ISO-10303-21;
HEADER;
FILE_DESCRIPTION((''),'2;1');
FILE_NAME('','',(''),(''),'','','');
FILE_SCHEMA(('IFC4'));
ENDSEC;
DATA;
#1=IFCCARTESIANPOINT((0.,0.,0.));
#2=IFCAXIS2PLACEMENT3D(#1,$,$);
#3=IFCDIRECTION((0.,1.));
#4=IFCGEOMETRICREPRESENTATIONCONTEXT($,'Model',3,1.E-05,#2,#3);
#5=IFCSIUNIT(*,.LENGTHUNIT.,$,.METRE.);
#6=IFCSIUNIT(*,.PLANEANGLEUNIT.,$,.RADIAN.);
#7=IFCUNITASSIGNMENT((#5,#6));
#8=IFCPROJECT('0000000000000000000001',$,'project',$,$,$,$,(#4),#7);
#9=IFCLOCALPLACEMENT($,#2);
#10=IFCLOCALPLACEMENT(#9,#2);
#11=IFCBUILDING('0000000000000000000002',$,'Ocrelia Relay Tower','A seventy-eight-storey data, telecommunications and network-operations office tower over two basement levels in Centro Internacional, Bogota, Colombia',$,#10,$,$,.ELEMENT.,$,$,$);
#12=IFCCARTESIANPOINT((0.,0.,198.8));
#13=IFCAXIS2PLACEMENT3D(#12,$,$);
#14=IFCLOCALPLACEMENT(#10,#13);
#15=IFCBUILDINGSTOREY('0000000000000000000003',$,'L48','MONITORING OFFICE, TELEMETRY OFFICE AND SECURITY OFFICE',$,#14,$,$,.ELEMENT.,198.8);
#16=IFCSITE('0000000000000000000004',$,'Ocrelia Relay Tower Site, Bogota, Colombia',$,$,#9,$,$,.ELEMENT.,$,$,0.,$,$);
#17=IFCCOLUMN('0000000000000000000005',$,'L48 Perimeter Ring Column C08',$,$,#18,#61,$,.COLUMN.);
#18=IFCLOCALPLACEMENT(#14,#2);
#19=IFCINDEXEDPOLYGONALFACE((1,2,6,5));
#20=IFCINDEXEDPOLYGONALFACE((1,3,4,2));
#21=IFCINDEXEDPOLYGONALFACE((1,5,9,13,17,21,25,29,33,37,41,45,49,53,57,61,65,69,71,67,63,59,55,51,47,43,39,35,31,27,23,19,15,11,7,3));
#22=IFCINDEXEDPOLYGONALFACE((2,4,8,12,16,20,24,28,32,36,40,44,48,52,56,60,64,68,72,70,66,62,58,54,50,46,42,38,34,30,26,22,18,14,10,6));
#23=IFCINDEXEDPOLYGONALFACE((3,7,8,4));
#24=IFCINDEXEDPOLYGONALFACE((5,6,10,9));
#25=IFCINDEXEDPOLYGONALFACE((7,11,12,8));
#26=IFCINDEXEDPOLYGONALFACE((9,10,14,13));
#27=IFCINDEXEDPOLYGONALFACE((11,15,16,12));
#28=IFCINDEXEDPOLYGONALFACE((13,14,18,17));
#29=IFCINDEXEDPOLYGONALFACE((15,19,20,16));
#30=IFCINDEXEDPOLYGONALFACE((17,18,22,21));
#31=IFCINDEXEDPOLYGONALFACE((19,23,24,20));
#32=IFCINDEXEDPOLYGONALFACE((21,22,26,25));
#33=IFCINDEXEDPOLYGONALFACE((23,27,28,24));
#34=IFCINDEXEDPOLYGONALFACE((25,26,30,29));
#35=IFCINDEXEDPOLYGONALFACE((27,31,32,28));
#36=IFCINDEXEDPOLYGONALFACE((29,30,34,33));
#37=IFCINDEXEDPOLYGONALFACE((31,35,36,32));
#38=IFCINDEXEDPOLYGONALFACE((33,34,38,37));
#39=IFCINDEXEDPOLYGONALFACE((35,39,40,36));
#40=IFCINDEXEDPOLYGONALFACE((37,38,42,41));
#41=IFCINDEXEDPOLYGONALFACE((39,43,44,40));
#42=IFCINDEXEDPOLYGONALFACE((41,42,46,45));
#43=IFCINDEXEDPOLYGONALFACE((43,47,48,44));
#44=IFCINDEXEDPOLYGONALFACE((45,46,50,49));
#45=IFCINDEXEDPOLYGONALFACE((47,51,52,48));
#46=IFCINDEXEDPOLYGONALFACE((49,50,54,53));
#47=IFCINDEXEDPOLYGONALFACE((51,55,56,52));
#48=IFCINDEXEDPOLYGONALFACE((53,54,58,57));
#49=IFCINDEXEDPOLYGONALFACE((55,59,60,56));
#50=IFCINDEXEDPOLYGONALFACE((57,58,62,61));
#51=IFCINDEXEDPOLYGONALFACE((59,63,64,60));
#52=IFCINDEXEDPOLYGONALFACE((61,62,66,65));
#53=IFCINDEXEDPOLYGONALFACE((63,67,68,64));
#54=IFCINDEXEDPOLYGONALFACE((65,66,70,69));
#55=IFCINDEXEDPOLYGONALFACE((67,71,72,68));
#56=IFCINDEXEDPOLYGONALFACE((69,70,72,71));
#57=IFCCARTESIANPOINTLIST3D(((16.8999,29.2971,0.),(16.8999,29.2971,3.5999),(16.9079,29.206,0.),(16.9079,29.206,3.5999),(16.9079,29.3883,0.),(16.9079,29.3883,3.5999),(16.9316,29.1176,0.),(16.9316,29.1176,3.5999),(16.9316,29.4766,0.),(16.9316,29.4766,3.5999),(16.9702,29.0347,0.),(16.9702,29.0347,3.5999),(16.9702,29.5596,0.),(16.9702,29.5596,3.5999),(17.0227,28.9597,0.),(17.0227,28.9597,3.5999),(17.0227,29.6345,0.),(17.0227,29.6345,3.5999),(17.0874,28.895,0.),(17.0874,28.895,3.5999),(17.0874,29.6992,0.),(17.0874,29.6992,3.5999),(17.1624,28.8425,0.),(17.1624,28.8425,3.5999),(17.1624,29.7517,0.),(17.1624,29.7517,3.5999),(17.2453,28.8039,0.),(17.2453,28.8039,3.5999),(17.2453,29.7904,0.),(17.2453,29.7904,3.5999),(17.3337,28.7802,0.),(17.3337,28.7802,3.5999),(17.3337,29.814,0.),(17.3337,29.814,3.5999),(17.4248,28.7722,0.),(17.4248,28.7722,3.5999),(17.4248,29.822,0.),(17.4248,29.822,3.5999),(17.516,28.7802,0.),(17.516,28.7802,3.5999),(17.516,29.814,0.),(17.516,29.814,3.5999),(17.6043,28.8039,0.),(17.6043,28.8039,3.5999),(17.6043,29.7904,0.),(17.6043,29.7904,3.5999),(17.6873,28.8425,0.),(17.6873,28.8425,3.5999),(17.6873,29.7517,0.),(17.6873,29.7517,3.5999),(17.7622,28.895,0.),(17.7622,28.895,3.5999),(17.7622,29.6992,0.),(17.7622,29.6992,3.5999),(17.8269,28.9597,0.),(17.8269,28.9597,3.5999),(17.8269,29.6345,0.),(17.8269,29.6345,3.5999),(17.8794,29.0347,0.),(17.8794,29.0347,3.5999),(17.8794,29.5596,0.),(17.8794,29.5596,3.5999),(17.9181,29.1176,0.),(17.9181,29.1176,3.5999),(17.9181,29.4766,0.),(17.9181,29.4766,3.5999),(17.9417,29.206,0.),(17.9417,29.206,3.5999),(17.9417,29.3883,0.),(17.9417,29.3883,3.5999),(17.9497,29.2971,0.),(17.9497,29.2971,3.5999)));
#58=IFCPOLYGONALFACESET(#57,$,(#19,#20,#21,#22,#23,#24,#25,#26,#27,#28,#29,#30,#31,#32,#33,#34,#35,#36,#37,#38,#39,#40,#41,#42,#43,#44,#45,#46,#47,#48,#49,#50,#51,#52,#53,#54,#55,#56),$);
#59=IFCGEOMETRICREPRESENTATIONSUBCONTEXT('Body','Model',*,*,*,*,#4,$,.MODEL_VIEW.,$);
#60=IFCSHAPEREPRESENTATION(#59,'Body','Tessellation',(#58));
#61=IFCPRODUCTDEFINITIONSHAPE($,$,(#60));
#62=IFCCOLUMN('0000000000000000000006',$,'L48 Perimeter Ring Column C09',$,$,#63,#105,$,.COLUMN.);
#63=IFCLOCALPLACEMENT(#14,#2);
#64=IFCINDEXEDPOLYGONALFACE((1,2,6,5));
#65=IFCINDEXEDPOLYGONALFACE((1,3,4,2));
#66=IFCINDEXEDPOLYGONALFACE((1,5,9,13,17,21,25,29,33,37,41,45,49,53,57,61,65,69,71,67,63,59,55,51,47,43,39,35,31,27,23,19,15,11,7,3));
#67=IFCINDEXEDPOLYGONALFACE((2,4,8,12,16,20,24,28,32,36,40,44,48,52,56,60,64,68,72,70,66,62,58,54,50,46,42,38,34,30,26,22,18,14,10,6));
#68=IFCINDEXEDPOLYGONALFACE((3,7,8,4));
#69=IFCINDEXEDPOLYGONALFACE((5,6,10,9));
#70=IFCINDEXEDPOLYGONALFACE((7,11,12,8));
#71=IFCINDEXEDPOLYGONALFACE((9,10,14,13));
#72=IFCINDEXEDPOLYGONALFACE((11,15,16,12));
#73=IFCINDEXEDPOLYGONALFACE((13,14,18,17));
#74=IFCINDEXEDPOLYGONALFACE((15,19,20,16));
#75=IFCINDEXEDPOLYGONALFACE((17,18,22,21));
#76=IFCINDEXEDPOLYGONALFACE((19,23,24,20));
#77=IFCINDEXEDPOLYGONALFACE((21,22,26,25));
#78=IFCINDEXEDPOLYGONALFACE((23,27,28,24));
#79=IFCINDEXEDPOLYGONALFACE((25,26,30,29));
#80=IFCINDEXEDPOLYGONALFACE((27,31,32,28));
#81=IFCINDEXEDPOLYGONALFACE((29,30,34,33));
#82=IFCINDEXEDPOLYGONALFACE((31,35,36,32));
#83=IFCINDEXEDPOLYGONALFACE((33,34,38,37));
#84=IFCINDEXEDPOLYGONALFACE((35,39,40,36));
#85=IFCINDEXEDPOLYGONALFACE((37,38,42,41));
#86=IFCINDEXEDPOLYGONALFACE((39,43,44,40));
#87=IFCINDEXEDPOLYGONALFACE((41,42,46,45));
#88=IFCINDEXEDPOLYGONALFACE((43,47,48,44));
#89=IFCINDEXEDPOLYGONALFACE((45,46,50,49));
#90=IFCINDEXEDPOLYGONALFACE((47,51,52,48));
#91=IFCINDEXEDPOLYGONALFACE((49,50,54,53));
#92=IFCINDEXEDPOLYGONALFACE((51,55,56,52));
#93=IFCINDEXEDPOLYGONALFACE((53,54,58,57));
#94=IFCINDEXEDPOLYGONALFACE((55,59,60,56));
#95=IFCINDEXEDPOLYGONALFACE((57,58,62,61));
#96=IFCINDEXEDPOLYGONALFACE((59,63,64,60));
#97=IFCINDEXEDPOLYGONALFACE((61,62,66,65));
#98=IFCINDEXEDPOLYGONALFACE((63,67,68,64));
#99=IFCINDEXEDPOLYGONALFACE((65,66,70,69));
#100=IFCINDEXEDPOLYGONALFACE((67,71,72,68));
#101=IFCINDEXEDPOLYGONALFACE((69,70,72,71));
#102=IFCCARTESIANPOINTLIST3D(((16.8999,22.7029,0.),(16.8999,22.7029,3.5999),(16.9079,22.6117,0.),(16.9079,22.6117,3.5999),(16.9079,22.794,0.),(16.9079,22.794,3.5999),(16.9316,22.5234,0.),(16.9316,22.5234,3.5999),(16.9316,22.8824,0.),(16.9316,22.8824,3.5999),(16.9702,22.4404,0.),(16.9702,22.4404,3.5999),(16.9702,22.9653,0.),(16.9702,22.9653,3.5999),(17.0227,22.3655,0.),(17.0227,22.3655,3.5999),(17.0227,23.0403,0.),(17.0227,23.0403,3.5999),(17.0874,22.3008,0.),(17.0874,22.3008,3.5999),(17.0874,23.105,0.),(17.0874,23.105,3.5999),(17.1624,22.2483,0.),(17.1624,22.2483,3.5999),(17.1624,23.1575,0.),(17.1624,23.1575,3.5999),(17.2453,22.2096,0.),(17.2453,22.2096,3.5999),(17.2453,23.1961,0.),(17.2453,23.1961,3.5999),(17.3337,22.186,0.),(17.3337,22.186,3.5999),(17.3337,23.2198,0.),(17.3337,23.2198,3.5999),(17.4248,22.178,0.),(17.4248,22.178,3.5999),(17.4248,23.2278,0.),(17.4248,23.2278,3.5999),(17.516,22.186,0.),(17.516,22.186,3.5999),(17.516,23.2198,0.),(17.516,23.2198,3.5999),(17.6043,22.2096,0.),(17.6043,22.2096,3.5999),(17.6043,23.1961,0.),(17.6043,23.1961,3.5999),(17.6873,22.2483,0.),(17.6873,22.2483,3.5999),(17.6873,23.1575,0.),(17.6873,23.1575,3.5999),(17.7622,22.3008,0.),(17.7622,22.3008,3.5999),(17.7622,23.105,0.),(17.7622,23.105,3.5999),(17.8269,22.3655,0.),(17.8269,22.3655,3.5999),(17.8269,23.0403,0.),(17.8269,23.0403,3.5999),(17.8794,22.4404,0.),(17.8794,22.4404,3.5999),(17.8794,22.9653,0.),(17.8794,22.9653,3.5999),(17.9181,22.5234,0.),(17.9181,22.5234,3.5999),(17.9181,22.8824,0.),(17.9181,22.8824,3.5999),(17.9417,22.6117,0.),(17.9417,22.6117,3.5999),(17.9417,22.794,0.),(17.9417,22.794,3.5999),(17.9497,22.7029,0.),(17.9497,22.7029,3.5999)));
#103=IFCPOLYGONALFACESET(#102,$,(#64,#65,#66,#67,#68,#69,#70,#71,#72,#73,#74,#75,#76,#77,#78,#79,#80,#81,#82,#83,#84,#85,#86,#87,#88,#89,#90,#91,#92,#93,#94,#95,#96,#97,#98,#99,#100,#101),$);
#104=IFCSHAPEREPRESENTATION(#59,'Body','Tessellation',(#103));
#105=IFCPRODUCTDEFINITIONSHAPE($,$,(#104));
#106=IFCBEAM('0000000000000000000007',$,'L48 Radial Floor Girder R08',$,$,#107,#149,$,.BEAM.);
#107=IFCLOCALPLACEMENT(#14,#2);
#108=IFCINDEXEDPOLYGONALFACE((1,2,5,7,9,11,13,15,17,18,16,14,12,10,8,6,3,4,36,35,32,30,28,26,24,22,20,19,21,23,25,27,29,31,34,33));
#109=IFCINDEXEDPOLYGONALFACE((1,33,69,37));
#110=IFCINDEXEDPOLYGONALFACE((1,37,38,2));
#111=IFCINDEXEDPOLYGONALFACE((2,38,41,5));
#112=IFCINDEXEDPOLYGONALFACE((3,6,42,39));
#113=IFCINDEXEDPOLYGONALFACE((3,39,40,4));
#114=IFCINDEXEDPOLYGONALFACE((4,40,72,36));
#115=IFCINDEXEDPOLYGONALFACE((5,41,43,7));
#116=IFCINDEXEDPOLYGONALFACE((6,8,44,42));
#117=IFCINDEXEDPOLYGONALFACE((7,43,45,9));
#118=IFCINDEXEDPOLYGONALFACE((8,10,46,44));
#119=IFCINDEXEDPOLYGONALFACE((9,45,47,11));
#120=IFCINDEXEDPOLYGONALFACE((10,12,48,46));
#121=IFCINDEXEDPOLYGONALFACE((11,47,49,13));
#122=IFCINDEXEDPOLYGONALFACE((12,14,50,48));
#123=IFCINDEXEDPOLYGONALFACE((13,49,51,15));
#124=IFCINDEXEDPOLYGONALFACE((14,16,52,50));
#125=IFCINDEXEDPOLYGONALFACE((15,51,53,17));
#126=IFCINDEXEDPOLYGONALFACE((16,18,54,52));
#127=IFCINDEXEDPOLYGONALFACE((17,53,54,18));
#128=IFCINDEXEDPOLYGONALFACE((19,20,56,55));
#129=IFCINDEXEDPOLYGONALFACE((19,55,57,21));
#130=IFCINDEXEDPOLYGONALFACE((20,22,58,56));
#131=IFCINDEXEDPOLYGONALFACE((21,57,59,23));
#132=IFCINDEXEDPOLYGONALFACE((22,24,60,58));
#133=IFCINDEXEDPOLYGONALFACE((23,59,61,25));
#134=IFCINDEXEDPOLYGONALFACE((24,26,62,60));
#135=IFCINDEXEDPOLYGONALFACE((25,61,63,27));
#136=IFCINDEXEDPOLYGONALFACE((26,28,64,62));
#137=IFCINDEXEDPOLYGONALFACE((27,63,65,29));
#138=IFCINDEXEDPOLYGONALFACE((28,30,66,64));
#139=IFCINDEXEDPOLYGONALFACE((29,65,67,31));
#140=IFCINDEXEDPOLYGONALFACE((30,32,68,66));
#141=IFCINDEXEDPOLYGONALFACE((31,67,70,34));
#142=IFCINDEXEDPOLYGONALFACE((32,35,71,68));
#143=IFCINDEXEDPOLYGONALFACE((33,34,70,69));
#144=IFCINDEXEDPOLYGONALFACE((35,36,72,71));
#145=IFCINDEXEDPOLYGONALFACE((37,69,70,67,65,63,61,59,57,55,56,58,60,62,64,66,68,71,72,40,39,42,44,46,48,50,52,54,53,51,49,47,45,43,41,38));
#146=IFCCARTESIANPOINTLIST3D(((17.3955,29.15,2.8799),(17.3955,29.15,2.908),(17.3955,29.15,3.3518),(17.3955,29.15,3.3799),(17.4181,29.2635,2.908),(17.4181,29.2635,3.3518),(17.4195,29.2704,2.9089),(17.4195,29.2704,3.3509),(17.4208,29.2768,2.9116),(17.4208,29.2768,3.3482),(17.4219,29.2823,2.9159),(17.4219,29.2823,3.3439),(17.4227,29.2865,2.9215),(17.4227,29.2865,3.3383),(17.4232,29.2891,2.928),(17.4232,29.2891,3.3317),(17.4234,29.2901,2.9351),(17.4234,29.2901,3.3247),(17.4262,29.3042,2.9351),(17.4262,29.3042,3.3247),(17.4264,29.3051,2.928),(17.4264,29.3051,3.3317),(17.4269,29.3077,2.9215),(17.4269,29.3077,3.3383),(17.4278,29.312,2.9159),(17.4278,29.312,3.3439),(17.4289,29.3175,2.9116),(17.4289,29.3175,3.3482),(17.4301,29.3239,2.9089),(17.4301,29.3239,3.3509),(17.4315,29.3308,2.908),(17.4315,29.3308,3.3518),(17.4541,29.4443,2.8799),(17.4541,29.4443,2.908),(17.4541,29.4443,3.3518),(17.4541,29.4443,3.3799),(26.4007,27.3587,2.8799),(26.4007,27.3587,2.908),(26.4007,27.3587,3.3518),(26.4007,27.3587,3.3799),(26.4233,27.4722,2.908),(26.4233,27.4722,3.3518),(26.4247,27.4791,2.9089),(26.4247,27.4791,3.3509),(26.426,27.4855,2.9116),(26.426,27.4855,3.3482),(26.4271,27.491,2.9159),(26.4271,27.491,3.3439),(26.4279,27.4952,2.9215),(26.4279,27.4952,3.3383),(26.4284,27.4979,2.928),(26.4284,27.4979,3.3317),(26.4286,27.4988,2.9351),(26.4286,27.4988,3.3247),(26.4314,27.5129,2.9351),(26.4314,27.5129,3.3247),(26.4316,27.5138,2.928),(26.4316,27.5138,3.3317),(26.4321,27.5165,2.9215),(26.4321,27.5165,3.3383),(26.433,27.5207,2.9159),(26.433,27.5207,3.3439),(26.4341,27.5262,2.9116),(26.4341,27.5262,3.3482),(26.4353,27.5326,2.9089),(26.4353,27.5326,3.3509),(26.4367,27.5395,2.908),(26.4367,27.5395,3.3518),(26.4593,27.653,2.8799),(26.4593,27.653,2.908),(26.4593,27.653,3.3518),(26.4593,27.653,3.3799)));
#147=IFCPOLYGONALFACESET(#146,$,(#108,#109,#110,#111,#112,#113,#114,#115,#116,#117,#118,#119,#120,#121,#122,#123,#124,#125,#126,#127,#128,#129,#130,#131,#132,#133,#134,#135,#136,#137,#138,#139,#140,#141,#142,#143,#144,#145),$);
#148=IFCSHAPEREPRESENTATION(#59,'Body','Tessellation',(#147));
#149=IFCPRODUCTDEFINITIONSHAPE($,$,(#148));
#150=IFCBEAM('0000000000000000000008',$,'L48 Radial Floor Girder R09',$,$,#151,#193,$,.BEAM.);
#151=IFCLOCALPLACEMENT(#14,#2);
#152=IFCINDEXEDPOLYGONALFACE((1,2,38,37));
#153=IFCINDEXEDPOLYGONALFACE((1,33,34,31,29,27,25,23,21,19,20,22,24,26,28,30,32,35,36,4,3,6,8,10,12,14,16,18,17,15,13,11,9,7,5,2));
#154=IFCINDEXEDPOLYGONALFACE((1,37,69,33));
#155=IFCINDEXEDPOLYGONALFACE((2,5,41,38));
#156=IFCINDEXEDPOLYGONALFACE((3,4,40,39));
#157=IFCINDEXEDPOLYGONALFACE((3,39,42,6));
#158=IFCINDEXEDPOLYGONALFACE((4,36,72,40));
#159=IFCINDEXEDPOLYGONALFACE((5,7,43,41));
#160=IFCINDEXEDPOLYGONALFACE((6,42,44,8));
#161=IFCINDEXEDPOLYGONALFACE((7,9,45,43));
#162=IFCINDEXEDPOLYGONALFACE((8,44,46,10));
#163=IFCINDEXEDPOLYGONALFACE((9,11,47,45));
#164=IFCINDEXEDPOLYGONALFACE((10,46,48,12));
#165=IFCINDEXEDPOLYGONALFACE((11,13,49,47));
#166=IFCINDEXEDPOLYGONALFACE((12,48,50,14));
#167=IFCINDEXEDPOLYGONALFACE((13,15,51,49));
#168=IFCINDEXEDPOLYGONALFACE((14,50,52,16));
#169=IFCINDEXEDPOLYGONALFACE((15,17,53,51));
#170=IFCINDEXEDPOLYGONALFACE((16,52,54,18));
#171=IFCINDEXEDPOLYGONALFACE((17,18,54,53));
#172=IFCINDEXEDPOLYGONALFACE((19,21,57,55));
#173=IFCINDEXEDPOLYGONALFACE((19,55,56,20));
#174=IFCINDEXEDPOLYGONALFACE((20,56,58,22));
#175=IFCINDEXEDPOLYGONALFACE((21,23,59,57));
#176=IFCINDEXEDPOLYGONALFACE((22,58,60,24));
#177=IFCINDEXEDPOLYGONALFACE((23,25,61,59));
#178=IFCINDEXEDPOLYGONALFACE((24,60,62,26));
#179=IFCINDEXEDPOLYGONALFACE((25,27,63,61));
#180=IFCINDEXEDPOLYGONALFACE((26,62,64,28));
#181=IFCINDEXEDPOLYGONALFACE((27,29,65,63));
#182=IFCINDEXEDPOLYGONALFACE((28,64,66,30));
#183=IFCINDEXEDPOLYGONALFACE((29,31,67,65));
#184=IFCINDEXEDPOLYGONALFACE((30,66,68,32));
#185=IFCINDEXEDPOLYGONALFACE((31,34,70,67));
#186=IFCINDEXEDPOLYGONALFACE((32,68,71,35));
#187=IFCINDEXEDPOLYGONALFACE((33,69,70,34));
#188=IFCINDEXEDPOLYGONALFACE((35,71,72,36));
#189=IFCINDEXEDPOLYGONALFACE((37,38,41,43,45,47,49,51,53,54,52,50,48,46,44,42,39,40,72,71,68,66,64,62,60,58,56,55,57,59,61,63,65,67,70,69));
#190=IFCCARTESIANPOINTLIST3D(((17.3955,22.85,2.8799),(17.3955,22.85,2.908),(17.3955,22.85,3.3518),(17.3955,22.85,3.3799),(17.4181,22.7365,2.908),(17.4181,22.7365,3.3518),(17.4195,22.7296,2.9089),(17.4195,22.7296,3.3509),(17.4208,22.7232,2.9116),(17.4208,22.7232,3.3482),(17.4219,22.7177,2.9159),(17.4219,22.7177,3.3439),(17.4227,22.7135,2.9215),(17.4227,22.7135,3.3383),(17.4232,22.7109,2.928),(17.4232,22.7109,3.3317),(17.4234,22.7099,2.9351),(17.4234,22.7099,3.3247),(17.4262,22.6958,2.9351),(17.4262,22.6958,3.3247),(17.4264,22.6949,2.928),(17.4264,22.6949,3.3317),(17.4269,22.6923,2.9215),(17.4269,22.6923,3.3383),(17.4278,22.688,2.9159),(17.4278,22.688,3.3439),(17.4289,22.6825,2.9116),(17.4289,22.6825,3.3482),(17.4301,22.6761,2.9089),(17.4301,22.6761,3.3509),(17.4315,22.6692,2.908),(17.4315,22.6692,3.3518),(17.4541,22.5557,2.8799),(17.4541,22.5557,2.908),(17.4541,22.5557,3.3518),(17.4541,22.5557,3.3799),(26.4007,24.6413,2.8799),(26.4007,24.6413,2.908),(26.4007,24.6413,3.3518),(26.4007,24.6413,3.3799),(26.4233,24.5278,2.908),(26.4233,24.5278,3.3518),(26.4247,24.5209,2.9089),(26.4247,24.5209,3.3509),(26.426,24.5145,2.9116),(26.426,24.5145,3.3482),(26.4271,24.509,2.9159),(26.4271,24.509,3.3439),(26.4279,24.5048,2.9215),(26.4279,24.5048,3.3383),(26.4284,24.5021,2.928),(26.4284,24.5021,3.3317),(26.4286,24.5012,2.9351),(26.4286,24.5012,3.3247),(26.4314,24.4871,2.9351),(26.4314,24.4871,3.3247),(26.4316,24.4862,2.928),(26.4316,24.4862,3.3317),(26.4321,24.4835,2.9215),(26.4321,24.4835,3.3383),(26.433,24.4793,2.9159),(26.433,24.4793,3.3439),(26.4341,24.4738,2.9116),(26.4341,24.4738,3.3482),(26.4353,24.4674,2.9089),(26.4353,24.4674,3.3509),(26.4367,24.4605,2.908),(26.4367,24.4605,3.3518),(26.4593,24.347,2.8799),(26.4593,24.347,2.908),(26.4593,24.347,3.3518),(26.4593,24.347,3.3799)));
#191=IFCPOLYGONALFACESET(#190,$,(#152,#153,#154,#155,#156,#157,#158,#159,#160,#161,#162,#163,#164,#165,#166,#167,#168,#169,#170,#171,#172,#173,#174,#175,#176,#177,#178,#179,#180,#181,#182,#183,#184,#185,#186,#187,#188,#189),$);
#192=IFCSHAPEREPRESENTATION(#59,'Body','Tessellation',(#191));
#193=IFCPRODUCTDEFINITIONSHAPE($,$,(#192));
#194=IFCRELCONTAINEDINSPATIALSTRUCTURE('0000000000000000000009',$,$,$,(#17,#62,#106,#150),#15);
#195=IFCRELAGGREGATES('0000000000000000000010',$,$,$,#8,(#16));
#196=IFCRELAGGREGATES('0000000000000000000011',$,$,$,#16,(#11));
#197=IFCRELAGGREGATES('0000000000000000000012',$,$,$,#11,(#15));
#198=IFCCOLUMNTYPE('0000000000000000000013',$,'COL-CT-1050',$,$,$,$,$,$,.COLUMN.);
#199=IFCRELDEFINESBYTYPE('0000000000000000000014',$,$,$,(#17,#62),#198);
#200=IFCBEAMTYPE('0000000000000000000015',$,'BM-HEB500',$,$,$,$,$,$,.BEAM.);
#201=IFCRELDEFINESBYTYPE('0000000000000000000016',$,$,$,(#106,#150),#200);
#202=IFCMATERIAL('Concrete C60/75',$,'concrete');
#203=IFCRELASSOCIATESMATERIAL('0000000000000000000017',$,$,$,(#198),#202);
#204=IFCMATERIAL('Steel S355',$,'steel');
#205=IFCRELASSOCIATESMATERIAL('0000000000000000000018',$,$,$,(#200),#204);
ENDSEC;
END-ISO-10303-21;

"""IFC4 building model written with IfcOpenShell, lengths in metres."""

from ifc_helpers import new_model, si_unit, direction, frame, origin, origin_2d, place, context, subcontext, project, spatial, circle, i_section, extrude, material, material_profile, profile_set, type_object, element, save


model = new_model("IFC4")

# Units and contexts
model_context = context("Model", 3, precision=1e-05, world=origin(), true_north=direction((0.0, 1.0)))
body_context = subcontext(model_context, "Body", "Model", "MODEL_VIEW")
ifc_project = project(units=[si_unit("LENGTHUNIT", "METRE"), si_unit("PLANEANGLEUNIT", "RADIAN")], contexts=[model_context])

# Site, building, storey
site_placement = place(None, origin())
site = spatial("IfcSite", under=ifc_project, at=site_placement, Name="Ocrelia Relay Tower Site, Bogota, Colombia", CompositionType="ELEMENT", RefElevation=0.0)
building_placement = place(site_placement, origin())
building = spatial("IfcBuilding", under=site, at=building_placement, Name="Ocrelia Relay Tower", Description="A seventy-eight-storey data, telecommunications and network-operations office tower over two basement levels in Centro Internacional, Bogota, Colombia", CompositionType="ELEMENT")
storey_placement = place(building_placement, frame((0.0, 0.0, 198.8)))
storey = spatial("IfcBuildingStorey", under=building, at=storey_placement, Name="L48", Description="MONITORING OFFICE, TELEMETRY OFFICE AND SECURITY OFFICE", CompositionType="ELEMENT", Elevation=198.8)

# Columns
ifc_material_1 = material(Name="Concrete C60/75", Category="concrete")
ifc_material_profile_1 = material_profile(ifc_material_1, circle(Radius=0.5249, at=origin_2d()), Name="RC-CIR-1050")
ifc_profile_set_1 = profile_set([ifc_material_profile_1], Name="Concrete C60/75")
column_type = type_object("IfcColumnType", Name="COL-CT-1050", PredefinedType="COLUMN", material=ifc_profile_set_1)
for number, where, z_axis, x_axis, name in (
    (1, (17.4248, 29.2971, 0.0), (0.0, 0.0, 1.0), (1.0, 0.0, 0.0), "L48 Perimeter Ring Column C08"),
    (2, (17.4248, 22.7029, 0.0), (0.0, 0.0, 1.0), (1.0, 0.0, 0.0), "L48 Perimeter Ring Column C09"),
):
    element("IfcColumn", number, at=place(storey_placement, frame(where, z_axis=z_axis, x_axis=x_axis)), inside=storey, type_object=column_type, Name=name, PredefinedType="COLUMN", context=body_context, shape_type="SweptSolid", body=[
        extrude(circle(Radius=0.5249, at=origin_2d()), origin(), (0.0, 0.0, 1.0), 3.5999),
    ])

# Beams
ifc_material_2 = material(Name="Steel S355", Category="steel")
ifc_material_profile_2 = material_profile(ifc_material_2, i_section(OverallWidth=0.3, OverallDepth=0.5, WebThickness=0.0144, FlangeThickness=0.0281, FilletRadius=0.0271, at=origin_2d()), Name="HEB 500")
ifc_profile_set_2 = profile_set([ifc_material_profile_2], Name="Steel S355")
beam_type_1 = type_object("IfcBeamType", Name="BM-HEB500", PredefinedType="BEAM", material=ifc_profile_set_2)
for number, where, z_axis, x_axis, name in (
    (3, (17.4248, 29.2971, 3.1299), (0.980785, -0.195093, 0.0), (0.195093, 0.980785, 0.0), "L48 Radial Floor Girder R08"),
    (4, (17.4248, 22.7029, 3.1299), (0.980785, 0.195093, 0.0), (-0.195093, 0.980785, 0.0), "L48 Radial Floor Girder R09"),
):
    element("IfcBeam", number, at=place(storey_placement, frame(where, z_axis=z_axis, x_axis=x_axis)), inside=storey, type_object=beam_type_1, Name=name, PredefinedType="BEAM", context=body_context, shape_type="SweptSolid", body=[
        extrude(i_section(OverallWidth=0.3, OverallDepth=0.5, WebThickness=0.0144, FlangeThickness=0.0281, FilletRadius=0.0271, at=origin_2d()), origin(), (0.0, 0.0, 1.0), 9.1816),
    ])

save(model, "model.ifc")
